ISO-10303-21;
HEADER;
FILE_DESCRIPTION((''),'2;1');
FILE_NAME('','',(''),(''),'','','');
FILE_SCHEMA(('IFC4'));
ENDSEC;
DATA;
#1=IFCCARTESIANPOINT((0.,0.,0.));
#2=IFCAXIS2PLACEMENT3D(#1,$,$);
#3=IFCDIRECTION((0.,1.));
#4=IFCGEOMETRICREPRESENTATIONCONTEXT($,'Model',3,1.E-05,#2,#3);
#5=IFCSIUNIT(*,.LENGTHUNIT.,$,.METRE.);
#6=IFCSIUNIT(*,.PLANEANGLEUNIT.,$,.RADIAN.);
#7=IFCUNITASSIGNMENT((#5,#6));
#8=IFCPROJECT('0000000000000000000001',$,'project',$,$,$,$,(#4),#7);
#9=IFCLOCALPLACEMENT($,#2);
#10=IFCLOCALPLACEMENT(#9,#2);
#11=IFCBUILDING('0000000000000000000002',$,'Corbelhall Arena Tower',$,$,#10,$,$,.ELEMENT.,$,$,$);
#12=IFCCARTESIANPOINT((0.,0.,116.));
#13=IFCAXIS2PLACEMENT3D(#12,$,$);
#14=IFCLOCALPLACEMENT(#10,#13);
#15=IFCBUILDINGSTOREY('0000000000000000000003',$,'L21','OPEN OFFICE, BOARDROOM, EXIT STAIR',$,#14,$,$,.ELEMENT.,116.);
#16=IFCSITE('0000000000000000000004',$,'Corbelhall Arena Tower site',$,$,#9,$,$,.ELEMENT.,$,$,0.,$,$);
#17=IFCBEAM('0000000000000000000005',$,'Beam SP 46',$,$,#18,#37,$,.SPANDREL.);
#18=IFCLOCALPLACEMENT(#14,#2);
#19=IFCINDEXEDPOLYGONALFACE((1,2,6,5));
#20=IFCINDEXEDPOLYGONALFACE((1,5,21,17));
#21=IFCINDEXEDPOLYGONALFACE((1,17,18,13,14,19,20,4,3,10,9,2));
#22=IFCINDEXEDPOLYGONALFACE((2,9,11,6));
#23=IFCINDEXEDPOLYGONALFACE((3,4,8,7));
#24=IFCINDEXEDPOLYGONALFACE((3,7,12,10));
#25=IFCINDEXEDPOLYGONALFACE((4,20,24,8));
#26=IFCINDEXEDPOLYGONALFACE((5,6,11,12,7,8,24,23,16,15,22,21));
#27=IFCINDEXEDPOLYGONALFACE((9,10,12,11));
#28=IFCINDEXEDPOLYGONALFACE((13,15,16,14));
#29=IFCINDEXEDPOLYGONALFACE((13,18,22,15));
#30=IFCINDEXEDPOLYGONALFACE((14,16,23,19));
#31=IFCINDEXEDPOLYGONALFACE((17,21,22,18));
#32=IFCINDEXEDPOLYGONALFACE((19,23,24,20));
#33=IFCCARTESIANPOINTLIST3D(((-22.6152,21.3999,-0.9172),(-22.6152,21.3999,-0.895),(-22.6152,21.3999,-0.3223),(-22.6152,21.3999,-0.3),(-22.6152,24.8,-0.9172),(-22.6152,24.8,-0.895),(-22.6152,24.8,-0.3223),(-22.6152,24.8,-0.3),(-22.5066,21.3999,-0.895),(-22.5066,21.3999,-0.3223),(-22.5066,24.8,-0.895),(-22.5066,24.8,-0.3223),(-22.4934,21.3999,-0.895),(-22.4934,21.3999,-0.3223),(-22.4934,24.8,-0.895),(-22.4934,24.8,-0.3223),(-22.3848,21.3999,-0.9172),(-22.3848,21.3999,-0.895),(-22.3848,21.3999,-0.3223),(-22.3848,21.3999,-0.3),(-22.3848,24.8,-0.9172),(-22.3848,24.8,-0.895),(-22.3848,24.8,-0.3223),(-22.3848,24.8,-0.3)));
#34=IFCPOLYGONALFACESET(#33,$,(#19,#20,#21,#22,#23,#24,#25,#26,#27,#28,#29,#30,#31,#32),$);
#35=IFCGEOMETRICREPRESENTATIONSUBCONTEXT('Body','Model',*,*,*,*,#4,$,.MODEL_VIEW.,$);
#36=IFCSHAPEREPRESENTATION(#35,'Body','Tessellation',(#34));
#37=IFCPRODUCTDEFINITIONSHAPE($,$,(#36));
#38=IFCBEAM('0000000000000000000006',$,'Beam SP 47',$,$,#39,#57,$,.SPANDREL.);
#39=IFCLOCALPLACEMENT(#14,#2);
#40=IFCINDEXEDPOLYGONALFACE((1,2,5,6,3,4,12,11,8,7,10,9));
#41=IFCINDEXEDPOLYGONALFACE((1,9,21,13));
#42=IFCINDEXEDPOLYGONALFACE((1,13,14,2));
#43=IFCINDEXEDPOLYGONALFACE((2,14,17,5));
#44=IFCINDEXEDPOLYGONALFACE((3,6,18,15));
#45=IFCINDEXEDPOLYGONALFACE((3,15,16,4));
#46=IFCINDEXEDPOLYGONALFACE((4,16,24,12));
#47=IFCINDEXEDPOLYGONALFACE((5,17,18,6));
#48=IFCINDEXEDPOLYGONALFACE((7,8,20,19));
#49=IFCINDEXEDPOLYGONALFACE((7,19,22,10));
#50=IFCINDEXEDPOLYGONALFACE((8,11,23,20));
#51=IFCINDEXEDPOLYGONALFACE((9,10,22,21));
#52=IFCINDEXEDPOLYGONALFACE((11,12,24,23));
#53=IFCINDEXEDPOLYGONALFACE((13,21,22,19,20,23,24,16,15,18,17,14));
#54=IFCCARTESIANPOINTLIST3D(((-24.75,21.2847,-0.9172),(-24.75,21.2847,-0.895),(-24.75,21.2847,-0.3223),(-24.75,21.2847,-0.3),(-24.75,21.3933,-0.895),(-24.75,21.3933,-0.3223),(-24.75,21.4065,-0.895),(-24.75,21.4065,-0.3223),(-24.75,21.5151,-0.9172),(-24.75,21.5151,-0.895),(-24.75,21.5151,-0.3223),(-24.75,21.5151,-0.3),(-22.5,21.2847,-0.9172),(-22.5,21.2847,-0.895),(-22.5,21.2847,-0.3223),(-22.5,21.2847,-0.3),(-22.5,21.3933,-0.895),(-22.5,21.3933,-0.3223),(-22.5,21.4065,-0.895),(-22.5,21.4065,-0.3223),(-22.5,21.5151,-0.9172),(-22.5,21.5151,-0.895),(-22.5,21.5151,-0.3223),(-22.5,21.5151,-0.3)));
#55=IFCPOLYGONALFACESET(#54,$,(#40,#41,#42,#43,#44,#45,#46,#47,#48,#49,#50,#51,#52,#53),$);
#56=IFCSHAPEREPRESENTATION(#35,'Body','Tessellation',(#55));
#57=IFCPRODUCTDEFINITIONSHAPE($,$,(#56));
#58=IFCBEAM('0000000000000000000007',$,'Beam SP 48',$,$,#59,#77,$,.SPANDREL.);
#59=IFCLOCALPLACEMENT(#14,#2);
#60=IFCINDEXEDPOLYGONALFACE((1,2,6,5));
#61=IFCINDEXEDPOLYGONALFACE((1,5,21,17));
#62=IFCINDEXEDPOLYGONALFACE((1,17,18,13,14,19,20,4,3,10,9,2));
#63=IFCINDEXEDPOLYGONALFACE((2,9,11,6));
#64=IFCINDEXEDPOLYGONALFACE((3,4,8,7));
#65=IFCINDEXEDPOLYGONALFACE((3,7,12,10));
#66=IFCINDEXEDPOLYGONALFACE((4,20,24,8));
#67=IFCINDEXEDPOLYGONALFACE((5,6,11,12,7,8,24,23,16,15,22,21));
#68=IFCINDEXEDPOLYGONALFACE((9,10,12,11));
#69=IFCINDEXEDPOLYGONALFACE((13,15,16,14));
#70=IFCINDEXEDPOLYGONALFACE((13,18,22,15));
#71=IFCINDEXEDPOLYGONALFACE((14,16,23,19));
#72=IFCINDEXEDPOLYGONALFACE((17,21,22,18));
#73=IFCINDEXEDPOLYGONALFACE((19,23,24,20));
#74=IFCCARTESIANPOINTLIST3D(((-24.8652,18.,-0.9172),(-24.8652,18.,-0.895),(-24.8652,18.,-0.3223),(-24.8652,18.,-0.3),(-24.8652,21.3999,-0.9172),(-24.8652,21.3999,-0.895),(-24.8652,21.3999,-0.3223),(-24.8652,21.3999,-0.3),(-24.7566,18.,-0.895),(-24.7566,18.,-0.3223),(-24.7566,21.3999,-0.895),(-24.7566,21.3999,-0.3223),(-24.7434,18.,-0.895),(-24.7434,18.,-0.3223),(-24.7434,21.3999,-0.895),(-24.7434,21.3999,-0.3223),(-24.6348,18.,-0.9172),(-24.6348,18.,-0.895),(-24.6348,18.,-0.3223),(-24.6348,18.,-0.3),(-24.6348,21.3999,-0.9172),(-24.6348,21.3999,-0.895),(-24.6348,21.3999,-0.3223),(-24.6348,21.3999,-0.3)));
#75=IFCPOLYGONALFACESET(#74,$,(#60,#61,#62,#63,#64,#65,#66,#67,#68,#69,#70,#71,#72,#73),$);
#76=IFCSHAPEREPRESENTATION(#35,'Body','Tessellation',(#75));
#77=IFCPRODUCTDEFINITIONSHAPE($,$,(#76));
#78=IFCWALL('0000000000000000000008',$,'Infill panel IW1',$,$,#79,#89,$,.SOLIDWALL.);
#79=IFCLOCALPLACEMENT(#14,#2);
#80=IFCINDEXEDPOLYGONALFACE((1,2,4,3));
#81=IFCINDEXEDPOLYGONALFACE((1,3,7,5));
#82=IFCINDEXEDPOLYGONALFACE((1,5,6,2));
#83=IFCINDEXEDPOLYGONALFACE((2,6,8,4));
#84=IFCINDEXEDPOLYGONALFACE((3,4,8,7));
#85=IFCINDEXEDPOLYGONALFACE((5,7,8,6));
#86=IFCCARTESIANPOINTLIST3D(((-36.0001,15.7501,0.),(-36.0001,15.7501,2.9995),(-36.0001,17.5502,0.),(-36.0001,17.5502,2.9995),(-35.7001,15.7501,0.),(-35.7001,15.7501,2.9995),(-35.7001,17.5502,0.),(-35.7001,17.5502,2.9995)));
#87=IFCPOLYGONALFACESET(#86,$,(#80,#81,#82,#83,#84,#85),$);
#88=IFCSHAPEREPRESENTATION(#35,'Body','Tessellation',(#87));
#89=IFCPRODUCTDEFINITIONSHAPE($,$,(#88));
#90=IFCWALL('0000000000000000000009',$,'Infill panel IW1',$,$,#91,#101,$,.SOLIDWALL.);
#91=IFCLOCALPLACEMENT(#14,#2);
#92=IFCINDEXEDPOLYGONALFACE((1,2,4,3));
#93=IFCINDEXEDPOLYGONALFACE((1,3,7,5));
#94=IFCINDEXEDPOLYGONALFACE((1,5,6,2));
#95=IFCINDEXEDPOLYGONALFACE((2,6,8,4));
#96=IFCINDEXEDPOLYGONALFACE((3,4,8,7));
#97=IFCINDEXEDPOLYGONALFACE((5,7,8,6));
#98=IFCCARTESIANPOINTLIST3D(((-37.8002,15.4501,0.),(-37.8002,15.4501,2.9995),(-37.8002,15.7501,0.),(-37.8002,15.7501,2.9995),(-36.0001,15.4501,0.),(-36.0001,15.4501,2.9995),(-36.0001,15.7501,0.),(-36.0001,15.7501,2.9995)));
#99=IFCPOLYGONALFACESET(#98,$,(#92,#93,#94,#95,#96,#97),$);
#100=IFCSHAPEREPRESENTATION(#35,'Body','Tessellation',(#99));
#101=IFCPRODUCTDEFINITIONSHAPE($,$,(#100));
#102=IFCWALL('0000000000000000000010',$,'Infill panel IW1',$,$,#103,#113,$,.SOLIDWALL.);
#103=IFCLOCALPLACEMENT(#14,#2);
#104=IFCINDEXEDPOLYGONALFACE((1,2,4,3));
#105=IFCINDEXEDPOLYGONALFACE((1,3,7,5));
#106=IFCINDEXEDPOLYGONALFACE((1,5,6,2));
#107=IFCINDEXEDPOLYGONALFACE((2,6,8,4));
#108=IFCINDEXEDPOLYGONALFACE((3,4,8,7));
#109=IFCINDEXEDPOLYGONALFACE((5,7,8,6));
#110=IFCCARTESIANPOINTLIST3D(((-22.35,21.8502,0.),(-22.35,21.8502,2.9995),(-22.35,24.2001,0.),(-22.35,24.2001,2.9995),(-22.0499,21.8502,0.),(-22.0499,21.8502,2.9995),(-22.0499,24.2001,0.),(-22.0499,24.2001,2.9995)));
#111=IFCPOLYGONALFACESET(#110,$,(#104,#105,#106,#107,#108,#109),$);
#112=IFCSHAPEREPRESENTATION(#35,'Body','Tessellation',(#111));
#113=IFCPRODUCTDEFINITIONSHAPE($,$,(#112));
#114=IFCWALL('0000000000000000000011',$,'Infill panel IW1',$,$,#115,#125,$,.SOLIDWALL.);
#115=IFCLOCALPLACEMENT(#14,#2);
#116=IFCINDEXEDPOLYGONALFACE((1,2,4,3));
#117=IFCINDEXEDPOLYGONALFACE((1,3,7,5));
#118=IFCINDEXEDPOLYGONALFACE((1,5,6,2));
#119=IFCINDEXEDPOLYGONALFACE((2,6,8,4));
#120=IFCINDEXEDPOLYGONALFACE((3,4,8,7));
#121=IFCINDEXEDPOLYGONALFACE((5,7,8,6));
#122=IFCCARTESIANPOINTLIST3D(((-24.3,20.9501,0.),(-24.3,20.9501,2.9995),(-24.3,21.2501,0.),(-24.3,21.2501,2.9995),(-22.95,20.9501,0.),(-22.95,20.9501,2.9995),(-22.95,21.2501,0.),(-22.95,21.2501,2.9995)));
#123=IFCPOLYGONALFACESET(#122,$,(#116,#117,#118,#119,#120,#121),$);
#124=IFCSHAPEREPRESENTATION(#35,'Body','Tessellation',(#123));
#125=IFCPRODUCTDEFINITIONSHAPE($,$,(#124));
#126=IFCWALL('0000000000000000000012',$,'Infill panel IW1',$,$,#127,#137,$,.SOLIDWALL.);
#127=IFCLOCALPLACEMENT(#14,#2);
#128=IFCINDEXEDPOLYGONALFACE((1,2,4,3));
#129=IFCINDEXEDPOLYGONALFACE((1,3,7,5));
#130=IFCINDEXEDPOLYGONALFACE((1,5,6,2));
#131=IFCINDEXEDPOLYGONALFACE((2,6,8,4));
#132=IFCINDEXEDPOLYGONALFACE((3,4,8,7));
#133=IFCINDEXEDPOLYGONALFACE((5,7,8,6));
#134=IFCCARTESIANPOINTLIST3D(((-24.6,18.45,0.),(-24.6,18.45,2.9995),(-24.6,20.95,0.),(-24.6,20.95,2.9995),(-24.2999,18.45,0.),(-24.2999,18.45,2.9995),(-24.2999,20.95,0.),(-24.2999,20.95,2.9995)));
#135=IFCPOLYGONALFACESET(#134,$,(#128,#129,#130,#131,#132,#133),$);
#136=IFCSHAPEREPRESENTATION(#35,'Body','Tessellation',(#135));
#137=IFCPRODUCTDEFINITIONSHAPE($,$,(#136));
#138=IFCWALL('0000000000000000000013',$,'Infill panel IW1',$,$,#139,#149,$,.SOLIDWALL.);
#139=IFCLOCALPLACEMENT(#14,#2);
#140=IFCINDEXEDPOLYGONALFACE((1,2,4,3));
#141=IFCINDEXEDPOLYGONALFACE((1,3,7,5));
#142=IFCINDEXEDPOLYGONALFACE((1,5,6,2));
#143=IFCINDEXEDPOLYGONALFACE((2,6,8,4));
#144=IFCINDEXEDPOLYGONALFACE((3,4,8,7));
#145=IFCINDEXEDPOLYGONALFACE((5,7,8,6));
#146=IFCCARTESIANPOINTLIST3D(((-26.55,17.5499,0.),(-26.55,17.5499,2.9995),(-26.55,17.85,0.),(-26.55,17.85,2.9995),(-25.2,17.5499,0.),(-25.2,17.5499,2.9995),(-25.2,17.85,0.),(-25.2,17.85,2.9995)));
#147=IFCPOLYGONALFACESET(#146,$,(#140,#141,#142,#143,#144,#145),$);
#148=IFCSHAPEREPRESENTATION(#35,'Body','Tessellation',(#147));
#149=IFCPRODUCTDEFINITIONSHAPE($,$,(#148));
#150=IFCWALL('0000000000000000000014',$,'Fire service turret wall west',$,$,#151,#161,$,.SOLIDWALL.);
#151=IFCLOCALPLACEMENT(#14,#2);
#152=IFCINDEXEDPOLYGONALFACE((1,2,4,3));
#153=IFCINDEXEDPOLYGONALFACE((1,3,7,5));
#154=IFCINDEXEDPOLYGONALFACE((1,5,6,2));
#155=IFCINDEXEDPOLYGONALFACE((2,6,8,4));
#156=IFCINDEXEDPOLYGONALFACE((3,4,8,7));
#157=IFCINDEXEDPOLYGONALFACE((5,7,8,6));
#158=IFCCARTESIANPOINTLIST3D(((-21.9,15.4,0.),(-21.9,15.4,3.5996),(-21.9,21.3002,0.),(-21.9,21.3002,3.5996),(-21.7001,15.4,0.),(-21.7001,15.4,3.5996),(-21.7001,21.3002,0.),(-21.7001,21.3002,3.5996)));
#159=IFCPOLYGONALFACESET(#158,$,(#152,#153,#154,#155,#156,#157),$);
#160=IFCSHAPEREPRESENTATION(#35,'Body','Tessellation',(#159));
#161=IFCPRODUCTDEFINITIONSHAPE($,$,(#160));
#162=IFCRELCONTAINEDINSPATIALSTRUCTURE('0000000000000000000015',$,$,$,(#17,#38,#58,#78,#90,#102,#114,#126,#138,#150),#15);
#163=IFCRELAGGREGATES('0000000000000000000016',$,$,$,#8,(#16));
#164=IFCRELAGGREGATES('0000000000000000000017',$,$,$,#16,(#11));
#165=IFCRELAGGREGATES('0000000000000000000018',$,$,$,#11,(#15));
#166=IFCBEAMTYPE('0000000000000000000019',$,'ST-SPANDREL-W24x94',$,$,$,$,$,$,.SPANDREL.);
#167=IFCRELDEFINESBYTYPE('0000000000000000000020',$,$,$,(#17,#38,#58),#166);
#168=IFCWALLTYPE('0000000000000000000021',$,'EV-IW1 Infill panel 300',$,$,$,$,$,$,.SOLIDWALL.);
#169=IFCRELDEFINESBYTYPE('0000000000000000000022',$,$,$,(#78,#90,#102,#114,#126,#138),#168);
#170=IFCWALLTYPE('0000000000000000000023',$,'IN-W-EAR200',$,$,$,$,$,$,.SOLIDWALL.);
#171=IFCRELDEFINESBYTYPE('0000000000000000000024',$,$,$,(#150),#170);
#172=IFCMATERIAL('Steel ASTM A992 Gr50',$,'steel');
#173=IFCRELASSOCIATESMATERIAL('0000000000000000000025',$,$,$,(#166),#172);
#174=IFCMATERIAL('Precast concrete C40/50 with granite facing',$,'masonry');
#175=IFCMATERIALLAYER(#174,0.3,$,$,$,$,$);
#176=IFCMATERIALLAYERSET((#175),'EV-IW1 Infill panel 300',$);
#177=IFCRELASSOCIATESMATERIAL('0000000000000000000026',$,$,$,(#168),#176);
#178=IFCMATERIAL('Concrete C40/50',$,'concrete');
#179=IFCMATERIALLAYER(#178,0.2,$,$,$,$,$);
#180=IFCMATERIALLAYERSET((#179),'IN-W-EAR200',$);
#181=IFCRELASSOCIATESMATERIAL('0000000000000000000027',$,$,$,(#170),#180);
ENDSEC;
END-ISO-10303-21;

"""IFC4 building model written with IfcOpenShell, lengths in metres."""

from ifc_helpers import new_model, si_unit, direction, frame, frame_2d, origin, origin_2d, place, context, subcontext, project, spatial, rectangle, i_section, extrude, material, layer, layer_set, material_profile, profile_set, type_object, element, save


model = new_model("IFC4")

# Units and contexts
model_context = context("Model", 3, precision=1e-05, world=origin(), true_north=direction((0.0, 1.0)))
body_context = subcontext(model_context, "Body", "Model", "MODEL_VIEW")
ifc_project = project(units=[si_unit("LENGTHUNIT", "METRE"), si_unit("PLANEANGLEUNIT", "RADIAN")], contexts=[model_context])

# Site, building, storey
site_placement = place(None, origin())
site = spatial("IfcSite", under=ifc_project, at=site_placement, Name="Corbelhall Arena Tower site", CompositionType="ELEMENT", RefElevation=0.0)
building_placement = place(site_placement, origin())
building = spatial("IfcBuilding", under=site, at=building_placement, Name="Corbelhall Arena Tower", CompositionType="ELEMENT")
storey_placement = place(building_placement, frame((0.0, 0.0, 116.0)))
storey = spatial("IfcBuildingStorey", under=building, at=storey_placement, Name="L21", Description="OPEN OFFICE, BOARDROOM, EXIT STAIR", CompositionType="ELEMENT", Elevation=116.0)

# Beams
ifc_material_1 = material(Name="Steel ASTM A992 Gr50", Category="steel")
ifc_material_profile_1 = material_profile(ifc_material_1, i_section(OverallWidth=0.2305, OverallDepth=0.6172, WebThickness=0.0132, FlangeThickness=0.0222, at=origin_2d()))
ifc_profile_set_1 = profile_set([ifc_material_profile_1], Name="Steel ASTM A992 Gr50")
beam_type = type_object("IfcBeamType", Name="ST-SPANDREL-W24x94", PredefinedType="SPANDREL", material=ifc_profile_set_1)
beam_1_placement = place(storey_placement, frame((-22.5, 21.3999, -0.6086), z_axis=(0.0, 1.0, 0.0), x_axis=(-1.0, 0.0, 0.0)))
element("IfcBeam", 1, at=beam_1_placement, inside=storey, type_object=beam_type, Name="Beam SP 46", PredefinedType="SPANDREL", context=body_context, shape_type="SweptSolid", body=[
    extrude(i_section(OverallWidth=0.2305, OverallDepth=0.6172, WebThickness=0.0132, FlangeThickness=0.0222, at=origin_2d()), origin(), (0.0, 0.0, 1.0), 3.4001),
])
beam_2_placement = place(storey_placement, frame((-24.75, 21.3999, -0.6086), z_axis=(1.0, 0.0, 0.0), x_axis=(0.0, 1.0, 0.0)))
element("IfcBeam", 2, at=beam_2_placement, inside=storey, type_object=beam_type, Name="Beam SP 47", PredefinedType="SPANDREL", context=body_context, shape_type="SweptSolid", body=[
    extrude(i_section(OverallWidth=0.2305, OverallDepth=0.6172, WebThickness=0.0132, FlangeThickness=0.0222, at=origin_2d()), origin(), (0.0, 0.0, 1.0), 2.25),
])
beam_3_placement = place(storey_placement, frame((-24.75, 18.0, -0.6086), z_axis=(0.0, 1.0, 0.0), x_axis=(-1.0, 0.0, 0.0)))
element("IfcBeam", 3, at=beam_3_placement, inside=storey, type_object=beam_type, Name="Beam SP 48", PredefinedType="SPANDREL", context=body_context, shape_type="SweptSolid", body=[
    extrude(i_section(OverallWidth=0.2305, OverallDepth=0.6172, WebThickness=0.0132, FlangeThickness=0.0222, at=origin_2d()), origin(), (0.0, 0.0, 1.0), 3.3999),
])

# Walls
ifc_material_2 = material(Name="Precast concrete C40/50 with granite facing", Category="masonry")
ifc_layer_1 = layer(ifc_material_2, 0.3)
ifc_layer_set_1 = layer_set([ifc_layer_1], Name="EV-IW1 Infill panel 300")
wall_type_1 = type_object("IfcWallType", Name="EV-IW1 Infill panel 300", PredefinedType="SOLIDWALL", material=ifc_layer_set_1)
for number, where, z_axis, x_axis, name in (
    (4, (-35.8501, 17.55, 0.0), (0.0, 0.0, 1.0), (0.0, -1.0, 0.0), "Infill panel IW1"),
    (5, (-37.8, 15.6001, 0.0), (0.0, 0.0, 1.0), (1.0, 0.0, 0.0), "Infill panel IW1"),
):
    element("IfcWall", number, at=place(storey_placement, frame(where, z_axis=z_axis, x_axis=x_axis)), inside=storey, type_object=wall_type_1, Name=name, PredefinedType="SOLIDWALL", context=body_context, shape_type="SweptSolid", body=[
        extrude(rectangle(XDim=1.8, YDim=0.3, at=frame_2d((0.8999, 0.0))), origin(), (0.0, 0.0, 1.0), 2.9995),
    ])
wall_1_placement = place(storey_placement, frame((-22.2, 24.2, 0.0), z_axis=(0.0, 0.0, 1.0), x_axis=(0.0, -1.0, 0.0)))
element("IfcWall", 6, at=wall_1_placement, inside=storey, type_object=wall_type_1, Name="Infill panel IW1", PredefinedType="SOLIDWALL", context=body_context, shape_type="SweptSolid", body=[
    extrude(rectangle(XDim=2.3499, YDim=0.3, at=frame_2d((1.1748, 0.0))), origin(), (0.0, 0.0, 1.0), 2.9995),
])
wall_2_placement = place(storey_placement, frame((-22.95, 21.1001, 0.0), z_axis=(0.0, 0.0, 1.0), x_axis=(-1.0, 0.0, 0.0)))
element("IfcWall", 7, at=wall_2_placement, inside=storey, type_object=wall_type_1, Name="Infill panel IW1", PredefinedType="SOLIDWALL", context=body_context, shape_type="SweptSolid", body=[
    extrude(rectangle(XDim=1.3501, YDim=0.3, at=frame_2d((0.675, 0.0))), origin(), (0.0, 0.0, 1.0), 2.9995),
])
wall_3_placement = place(storey_placement, frame((-24.45, 20.95, 0.0), z_axis=(0.0, 0.0, 1.0), x_axis=(0.0, -1.0, 0.0)))
element("IfcWall", 8, at=wall_3_placement, inside=storey, type_object=wall_type_1, Name="Infill panel IW1", PredefinedType="SOLIDWALL", context=body_context, shape_type="SweptSolid", body=[
    extrude(rectangle(XDim=2.5, YDim=0.3, at=frame_2d((1.25, 0.0))), origin(), (0.0, 0.0, 1.0), 2.9995),
])
wall_4_placement = place(storey_placement, frame((-25.2, 17.7, 0.0), z_axis=(0.0, 0.0, 1.0), x_axis=(-1.0, 0.0, 0.0)))
element("IfcWall", 9, at=wall_4_placement, inside=storey, type_object=wall_type_1, Name="Infill panel IW1", PredefinedType="SOLIDWALL", context=body_context, shape_type="SweptSolid", body=[
    extrude(rectangle(XDim=1.3501, YDim=0.3, at=frame_2d((0.675, 0.0))), origin(), (0.0, 0.0, 1.0), 2.9995),
])

# Shared definitions
ifc_material_3 = material(Name="Concrete C40/50", Category="concrete")
ifc_layer_2 = layer(ifc_material_3, 0.2)
ifc_layer_set_2 = layer_set([ifc_layer_2], Name="IN-W-EAR200")
wall_type_2 = type_object("IfcWallType", Name="IN-W-EAR200", PredefinedType="SOLIDWALL", material=ifc_layer_set_2)

# Wall
wall_5_placement = place(storey_placement, frame((-21.8, 15.3999, 0.0), z_axis=(0.0, 0.0, 1.0), x_axis=(0.0, 1.0, 0.0)))
element("IfcWall", 10, at=wall_5_placement, inside=storey, type_object=wall_type_2, Name="Fire service turret wall west", PredefinedType="SOLIDWALL", context=body_context, shape_type="SweptSolid", body=[
    extrude(rectangle(XDim=5.9001, YDim=0.2, at=frame_2d((2.9502, 0.0))), origin(), (0.0, 0.0, 1.0), 3.5996),
])

save(model, "model.ifc")
